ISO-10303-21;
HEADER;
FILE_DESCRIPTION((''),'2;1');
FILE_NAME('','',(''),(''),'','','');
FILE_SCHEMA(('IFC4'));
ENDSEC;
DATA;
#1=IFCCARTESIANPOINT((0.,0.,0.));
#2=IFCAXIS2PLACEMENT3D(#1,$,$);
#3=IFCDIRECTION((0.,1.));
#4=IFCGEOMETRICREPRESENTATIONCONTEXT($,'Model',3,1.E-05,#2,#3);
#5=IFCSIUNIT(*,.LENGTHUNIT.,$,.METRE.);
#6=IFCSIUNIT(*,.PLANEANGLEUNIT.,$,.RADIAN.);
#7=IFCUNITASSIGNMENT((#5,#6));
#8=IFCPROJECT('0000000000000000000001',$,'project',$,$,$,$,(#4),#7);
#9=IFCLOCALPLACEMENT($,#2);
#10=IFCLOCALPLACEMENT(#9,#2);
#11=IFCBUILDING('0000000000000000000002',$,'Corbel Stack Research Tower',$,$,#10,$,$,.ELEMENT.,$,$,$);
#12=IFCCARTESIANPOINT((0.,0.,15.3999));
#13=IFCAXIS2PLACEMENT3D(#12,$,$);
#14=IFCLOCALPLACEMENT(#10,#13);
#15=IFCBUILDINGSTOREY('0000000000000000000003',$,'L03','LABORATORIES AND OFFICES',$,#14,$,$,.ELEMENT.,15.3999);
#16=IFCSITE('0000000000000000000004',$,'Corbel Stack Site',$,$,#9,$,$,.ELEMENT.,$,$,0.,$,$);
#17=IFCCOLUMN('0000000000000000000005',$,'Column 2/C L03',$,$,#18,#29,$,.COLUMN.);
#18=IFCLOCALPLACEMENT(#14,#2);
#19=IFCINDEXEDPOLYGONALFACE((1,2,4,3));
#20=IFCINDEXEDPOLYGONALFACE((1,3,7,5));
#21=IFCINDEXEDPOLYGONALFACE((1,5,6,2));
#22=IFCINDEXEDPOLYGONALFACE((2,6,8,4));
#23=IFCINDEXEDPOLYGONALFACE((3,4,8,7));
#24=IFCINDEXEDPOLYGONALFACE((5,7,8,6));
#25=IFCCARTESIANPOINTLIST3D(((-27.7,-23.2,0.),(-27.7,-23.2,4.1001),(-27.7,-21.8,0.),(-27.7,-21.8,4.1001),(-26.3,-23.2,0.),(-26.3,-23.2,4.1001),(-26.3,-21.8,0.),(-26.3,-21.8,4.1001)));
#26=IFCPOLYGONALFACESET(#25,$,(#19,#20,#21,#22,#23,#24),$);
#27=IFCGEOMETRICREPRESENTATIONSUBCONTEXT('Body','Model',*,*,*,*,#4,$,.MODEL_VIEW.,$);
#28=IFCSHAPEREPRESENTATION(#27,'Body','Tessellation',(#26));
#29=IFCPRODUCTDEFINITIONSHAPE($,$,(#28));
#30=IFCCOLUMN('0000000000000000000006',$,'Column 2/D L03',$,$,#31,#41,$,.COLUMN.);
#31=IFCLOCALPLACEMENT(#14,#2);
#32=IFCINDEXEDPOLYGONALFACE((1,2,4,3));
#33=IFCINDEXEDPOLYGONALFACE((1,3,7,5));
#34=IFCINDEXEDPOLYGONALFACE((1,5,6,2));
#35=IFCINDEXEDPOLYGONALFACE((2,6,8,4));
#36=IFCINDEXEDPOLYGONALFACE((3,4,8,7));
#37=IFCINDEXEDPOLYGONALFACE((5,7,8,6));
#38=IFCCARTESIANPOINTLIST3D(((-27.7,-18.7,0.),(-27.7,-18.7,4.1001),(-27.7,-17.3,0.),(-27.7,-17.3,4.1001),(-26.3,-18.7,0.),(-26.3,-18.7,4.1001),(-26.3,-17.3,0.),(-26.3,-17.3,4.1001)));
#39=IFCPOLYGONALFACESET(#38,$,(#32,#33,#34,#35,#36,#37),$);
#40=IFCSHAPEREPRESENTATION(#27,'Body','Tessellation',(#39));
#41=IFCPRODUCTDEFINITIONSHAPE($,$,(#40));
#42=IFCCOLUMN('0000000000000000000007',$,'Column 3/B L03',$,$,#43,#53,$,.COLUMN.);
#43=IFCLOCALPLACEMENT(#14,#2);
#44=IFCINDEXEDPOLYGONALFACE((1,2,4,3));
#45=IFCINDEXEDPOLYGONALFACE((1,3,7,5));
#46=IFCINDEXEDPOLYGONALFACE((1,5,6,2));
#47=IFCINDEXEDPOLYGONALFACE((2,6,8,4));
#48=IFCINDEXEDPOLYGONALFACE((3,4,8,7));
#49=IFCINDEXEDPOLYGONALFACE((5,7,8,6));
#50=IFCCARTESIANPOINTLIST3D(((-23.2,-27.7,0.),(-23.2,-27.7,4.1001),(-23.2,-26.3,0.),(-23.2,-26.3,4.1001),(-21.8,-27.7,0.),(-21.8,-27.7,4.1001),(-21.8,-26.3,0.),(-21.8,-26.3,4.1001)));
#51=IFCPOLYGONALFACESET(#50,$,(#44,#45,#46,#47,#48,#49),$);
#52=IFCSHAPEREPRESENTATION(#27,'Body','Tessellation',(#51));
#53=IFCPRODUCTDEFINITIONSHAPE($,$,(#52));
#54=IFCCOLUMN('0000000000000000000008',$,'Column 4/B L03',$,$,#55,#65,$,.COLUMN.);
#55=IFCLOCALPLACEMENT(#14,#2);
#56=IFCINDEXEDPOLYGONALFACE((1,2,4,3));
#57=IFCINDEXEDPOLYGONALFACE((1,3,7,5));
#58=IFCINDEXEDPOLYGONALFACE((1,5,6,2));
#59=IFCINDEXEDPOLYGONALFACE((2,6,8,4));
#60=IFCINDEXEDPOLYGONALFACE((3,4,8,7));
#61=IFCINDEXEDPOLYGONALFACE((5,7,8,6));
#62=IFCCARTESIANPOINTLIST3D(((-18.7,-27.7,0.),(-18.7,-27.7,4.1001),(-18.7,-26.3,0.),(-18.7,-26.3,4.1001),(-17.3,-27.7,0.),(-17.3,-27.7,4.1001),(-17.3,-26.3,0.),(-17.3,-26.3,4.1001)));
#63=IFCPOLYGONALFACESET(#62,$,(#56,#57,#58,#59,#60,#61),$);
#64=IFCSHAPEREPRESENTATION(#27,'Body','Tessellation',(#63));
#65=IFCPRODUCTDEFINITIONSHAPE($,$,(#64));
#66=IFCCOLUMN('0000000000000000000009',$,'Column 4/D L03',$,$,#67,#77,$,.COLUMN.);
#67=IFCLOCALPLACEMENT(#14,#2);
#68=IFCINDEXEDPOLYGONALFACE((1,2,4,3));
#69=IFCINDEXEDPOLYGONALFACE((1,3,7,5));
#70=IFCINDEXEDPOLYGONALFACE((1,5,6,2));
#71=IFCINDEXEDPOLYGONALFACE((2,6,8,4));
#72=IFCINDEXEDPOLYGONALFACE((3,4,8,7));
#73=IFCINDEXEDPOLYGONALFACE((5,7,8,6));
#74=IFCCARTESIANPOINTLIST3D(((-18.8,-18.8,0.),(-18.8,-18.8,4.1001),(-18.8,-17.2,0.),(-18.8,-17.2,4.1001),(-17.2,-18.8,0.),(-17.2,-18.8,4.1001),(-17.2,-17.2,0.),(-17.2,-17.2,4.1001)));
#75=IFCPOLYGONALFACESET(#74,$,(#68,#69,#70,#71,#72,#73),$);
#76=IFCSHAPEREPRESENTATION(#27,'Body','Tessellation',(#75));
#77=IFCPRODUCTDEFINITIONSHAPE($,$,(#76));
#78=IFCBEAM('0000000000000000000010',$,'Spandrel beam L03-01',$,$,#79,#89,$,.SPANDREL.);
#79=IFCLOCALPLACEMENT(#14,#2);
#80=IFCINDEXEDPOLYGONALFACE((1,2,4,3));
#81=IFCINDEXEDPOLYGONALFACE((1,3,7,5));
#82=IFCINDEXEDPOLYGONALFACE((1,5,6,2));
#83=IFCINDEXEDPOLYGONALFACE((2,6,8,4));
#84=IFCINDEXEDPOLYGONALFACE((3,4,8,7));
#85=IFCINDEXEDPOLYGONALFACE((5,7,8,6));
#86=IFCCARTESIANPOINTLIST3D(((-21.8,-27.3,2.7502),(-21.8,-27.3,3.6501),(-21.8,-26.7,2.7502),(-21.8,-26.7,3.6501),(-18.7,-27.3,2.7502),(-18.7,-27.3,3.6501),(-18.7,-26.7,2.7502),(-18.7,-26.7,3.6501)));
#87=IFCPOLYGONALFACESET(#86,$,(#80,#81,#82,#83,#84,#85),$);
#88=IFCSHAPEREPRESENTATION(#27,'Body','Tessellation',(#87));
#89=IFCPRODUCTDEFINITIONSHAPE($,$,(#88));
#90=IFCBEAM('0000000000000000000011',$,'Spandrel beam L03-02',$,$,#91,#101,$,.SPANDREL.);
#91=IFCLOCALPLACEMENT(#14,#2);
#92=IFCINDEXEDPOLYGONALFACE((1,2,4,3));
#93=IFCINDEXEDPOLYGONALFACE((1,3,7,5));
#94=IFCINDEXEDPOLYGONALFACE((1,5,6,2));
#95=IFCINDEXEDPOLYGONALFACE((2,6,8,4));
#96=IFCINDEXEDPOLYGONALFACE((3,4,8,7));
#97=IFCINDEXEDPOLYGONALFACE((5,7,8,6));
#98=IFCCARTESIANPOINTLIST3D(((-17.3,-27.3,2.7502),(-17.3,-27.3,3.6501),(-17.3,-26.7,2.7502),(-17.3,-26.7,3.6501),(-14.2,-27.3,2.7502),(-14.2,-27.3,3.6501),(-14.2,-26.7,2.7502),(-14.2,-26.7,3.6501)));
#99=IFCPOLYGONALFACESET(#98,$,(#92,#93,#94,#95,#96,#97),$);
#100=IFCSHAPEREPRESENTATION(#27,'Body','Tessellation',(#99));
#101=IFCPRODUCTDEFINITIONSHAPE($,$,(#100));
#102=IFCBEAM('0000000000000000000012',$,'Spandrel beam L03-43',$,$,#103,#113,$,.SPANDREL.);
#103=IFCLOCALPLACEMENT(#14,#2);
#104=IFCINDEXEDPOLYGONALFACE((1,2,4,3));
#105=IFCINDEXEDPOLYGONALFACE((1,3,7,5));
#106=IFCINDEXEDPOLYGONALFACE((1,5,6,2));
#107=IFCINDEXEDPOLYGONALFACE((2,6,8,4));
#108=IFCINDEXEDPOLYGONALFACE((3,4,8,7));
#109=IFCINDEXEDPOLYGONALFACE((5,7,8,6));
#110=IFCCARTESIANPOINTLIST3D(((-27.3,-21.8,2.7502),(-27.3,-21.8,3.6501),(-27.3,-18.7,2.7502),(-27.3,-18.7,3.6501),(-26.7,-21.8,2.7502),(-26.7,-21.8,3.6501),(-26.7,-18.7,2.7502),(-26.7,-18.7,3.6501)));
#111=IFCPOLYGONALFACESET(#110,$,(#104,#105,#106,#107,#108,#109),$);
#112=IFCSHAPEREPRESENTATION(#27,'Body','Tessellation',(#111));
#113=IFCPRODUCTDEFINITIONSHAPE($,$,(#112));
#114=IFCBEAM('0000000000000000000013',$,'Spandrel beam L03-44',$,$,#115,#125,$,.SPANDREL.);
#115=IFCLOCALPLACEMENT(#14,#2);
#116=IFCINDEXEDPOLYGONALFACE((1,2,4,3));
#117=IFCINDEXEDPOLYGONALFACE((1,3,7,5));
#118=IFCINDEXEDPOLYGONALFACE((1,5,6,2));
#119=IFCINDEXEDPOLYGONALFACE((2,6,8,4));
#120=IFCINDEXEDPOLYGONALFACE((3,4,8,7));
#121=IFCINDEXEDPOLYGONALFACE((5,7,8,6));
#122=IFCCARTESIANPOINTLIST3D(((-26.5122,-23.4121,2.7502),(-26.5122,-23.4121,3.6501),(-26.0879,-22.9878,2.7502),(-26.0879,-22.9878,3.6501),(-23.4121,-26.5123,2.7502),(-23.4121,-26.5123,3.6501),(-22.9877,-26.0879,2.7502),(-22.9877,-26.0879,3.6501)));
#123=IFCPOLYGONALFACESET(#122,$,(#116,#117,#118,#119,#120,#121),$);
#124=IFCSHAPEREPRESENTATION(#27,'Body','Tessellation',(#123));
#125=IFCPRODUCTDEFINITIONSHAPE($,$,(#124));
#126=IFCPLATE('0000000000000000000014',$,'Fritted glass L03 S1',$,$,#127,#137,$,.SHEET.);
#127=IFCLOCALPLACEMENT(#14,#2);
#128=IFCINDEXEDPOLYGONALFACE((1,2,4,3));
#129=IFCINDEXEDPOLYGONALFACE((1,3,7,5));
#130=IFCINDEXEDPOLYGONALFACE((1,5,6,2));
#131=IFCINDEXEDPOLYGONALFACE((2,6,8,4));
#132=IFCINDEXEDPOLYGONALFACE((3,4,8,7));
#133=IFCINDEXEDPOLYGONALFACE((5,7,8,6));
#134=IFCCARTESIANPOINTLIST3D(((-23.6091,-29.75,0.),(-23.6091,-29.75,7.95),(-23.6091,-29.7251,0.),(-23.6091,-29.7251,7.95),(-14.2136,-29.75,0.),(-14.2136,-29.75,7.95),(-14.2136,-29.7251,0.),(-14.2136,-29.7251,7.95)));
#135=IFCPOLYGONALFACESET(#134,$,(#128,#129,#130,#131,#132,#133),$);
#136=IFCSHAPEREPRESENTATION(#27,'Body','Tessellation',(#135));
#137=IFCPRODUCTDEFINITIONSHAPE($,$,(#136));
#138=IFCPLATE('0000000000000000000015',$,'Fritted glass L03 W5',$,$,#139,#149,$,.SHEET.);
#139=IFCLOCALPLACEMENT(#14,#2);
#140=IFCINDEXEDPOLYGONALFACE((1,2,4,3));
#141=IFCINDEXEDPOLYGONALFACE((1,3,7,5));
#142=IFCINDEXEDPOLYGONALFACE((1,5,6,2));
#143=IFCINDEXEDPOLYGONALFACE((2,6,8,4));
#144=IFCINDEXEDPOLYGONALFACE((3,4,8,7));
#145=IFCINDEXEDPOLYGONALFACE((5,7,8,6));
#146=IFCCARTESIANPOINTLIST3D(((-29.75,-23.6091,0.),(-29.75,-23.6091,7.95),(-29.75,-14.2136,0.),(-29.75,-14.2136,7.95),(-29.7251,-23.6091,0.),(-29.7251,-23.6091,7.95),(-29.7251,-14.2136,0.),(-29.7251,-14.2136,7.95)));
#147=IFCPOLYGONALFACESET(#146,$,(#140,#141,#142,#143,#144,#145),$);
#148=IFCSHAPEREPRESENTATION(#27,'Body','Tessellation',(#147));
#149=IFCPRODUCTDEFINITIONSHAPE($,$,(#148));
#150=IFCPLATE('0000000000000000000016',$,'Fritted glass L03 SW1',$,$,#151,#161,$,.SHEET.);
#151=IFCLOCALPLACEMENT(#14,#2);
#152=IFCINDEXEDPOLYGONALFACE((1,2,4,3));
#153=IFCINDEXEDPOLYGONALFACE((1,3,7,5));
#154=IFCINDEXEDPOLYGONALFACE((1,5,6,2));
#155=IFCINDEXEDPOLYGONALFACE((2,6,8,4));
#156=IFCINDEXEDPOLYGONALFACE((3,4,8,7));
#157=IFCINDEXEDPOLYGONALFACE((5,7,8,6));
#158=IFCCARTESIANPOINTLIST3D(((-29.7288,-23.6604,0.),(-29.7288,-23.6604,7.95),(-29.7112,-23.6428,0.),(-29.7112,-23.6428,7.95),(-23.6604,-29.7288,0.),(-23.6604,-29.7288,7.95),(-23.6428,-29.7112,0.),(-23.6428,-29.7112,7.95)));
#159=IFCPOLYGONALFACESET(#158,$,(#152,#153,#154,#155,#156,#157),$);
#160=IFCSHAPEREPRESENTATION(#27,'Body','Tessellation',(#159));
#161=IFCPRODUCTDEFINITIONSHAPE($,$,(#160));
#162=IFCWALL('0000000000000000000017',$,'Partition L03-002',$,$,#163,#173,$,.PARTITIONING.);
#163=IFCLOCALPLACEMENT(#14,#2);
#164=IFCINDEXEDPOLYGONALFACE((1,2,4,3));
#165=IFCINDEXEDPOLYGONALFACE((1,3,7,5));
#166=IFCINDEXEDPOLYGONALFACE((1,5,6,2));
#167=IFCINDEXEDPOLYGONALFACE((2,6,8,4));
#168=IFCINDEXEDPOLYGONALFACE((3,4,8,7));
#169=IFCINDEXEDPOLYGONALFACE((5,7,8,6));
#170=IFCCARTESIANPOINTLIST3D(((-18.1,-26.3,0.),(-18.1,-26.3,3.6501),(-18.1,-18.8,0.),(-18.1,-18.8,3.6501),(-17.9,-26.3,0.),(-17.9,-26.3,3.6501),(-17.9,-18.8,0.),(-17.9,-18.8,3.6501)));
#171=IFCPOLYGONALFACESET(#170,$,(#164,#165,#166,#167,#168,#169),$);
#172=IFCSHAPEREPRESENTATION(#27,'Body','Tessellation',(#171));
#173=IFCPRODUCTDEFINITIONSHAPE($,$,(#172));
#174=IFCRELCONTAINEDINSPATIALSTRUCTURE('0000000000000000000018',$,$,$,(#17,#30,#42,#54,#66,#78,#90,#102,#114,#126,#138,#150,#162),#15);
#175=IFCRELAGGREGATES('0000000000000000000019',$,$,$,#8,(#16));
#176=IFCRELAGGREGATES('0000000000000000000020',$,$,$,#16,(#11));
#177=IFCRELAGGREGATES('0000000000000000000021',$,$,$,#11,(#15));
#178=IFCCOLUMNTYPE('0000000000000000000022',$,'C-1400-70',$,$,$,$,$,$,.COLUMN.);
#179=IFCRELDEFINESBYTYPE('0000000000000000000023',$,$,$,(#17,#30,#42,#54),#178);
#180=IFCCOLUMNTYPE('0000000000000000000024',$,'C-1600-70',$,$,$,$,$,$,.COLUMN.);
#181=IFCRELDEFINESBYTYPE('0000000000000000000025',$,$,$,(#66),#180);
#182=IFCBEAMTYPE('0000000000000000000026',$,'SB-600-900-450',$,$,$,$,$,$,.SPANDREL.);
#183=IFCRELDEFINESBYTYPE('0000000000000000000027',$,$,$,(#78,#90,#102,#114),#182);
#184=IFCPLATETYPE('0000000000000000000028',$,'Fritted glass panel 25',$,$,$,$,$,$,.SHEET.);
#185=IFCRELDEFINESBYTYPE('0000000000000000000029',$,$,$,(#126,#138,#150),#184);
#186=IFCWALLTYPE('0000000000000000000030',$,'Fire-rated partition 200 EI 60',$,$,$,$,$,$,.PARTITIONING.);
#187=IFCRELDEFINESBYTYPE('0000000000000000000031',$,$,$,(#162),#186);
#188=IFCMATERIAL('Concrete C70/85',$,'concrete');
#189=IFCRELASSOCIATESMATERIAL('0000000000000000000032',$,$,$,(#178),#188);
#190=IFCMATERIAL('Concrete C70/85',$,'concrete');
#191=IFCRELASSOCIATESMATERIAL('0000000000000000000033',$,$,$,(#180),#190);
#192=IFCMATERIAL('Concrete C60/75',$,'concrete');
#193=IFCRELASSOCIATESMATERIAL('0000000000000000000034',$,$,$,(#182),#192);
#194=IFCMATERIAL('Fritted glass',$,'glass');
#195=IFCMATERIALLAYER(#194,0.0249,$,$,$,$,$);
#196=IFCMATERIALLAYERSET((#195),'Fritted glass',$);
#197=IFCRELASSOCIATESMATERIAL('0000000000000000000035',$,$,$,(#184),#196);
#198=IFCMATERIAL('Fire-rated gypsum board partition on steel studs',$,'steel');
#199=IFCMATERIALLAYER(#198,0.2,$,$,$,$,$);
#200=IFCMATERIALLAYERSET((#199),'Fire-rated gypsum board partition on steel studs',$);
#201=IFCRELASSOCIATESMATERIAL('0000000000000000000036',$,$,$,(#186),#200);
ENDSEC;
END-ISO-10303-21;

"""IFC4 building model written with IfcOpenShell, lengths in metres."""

from ifc_helpers import new_model, si_unit, direction, frame, frame_2d, origin, origin_2d, place, context, subcontext, project, spatial, rectangle, extrude, material, layer, layer_set, material_profile, profile_set, type_object, element, save


model = new_model("IFC4")

# Units and contexts
model_context = context("Model", 3, precision=1e-05, world=origin(), true_north=direction((0.0, 1.0)))
body_context = subcontext(model_context, "Body", "Model", "MODEL_VIEW")
ifc_project = project(units=[si_unit("LENGTHUNIT", "METRE"), si_unit("PLANEANGLEUNIT", "RADIAN")], contexts=[model_context])

# Site, building, storey
site_placement = place(None, origin())
site = spatial("IfcSite", under=ifc_project, at=site_placement, Name="Corbel Stack Site", CompositionType="ELEMENT", RefElevation=0.0)
building_placement = place(site_placement, origin())
building = spatial("IfcBuilding", under=site, at=building_placement, Name="Corbel Stack Research Tower", CompositionType="ELEMENT")
storey_placement = place(building_placement, frame((0.0, 0.0, 15.3999)))
storey = spatial("IfcBuildingStorey", under=building, at=storey_placement, Name="L03", Description="LABORATORIES AND OFFICES", CompositionType="ELEMENT", Elevation=15.3999)

# Columns
ifc_material_1 = material(Name="Concrete C70/85", Category="concrete")
ifc_material_profile_1 = material_profile(ifc_material_1, rectangle(XDim=1.3999, YDim=1.3999, at=origin_2d()), Name="RC 1400 x 1400")
ifc_profile_set_1 = profile_set([ifc_material_profile_1], Name="Concrete C70/85")
column_type_1 = type_object("IfcColumnType", Name="C-1400-70", PredefinedType="COLUMN", material=ifc_profile_set_1)
for number, where, z_axis, x_axis, name in (
    (1, (-27.0, -22.5, 0.0), (0.0, 0.0, 1.0), (1.0, 0.0, 0.0), "Column 2/C L03"),
    (2, (-27.0, -18.0, 0.0), (0.0, 0.0, 1.0), (1.0, 0.0, 0.0), "Column 2/D L03"),
    (3, (-22.5, -27.0, 0.0), (0.0, 0.0, 1.0), (1.0, 0.0, 0.0), "Column 3/B L03"),
    (4, (-18.0, -27.0, 0.0), (0.0, 0.0, 1.0), (1.0, 0.0, 0.0), "Column 4/B L03"),
):
    element("IfcColumn", number, at=place(storey_placement, frame(where, z_axis=z_axis, x_axis=x_axis)), inside=storey, type_object=column_type_1, Name=name, PredefinedType="COLUMN", context=body_context, shape_type="SweptSolid", body=[
        extrude(rectangle(XDim=1.3999, YDim=1.3999, at=origin_2d()), origin(), (0.0, 0.0, 1.0), 4.1001),
    ])
ifc_material_2 = material(Name="Concrete C70/85", Category="concrete")
ifc_material_profile_2 = material_profile(ifc_material_2, rectangle(XDim=1.6001, YDim=1.6001, at=origin_2d()), Name="RC 1600 x 1600")
ifc_profile_set_2 = profile_set([ifc_material_profile_2], Name="Concrete C70/85")
column_type_2 = type_object("IfcColumnType", Name="C-1600-70", PredefinedType="COLUMN", material=ifc_profile_set_2)
column_placement = place(storey_placement, frame((-18.0, -18.0, 0.0), z_axis=(0.0, 0.0, 1.0), x_axis=(1.0, 0.0, 0.0)))
element("IfcColumn", 5, at=column_placement, inside=storey, type_object=column_type_2, Name="Column 4/D L03", PredefinedType="COLUMN", context=body_context, shape_type="SweptSolid", body=[
    extrude(rectangle(XDim=1.6001, YDim=1.6001, at=origin_2d()), origin(), (0.0, 0.0, 1.0), 4.1001),
])

# Beams
ifc_material_3 = material(Name="Concrete C60/75", Category="concrete")
ifc_material_profile_3 = material_profile(ifc_material_3, rectangle(XDim=0.6001, YDim=0.8999, at=origin_2d()), Name="RC 600 x 900")
ifc_profile_set_3 = profile_set([ifc_material_profile_3], Name="Concrete C60/75")
beam_type = type_object("IfcBeamType", Name="SB-600-900-450", PredefinedType="SPANDREL", material=ifc_profile_set_3)
for number, where, z_axis, x_axis, name in (
    (6, (-21.8, -27.0, 3.2002), (1.0, 0.0, 0.0), (0.0, 1.0, 0.0), "Spandrel beam L03-01"),
    (7, (-17.3, -27.0, 3.2002), (1.0, 0.0, 0.0), (0.0, 1.0, 0.0), "Spandrel beam L03-02"),
    (8, (-27.0, -18.7, 3.2002), (0.0, -1.0, 0.0), (1.0, 0.0, 0.0), "Spandrel beam L03-43"),
):
    element("IfcBeam", number, at=place(storey_placement, frame(where, z_axis=z_axis, x_axis=x_axis)), inside=storey, type_object=beam_type, Name=name, PredefinedType="SPANDREL", context=body_context, shape_type="SweptSolid", body=[
        extrude(rectangle(XDim=0.6001, YDim=0.8999, at=origin_2d()), origin(), (0.0, 0.0, 1.0), 3.1001),
    ])
beam_placement = place(storey_placement, frame((-26.3, -23.2, 3.2002), z_axis=(0.707107, -0.707107, 0.0), x_axis=(0.707107, 0.707107, 0.0)))
element("IfcBeam", 9, at=beam_placement, inside=storey, type_object=beam_type, Name="Spandrel beam L03-44", PredefinedType="SPANDREL", context=body_context, shape_type="SweptSolid", body=[
    extrude(rectangle(XDim=0.6001, YDim=0.8999, at=origin_2d()), origin(), (0.0, 0.0, 1.0), 4.3843),
])

# Plates
ifc_material_4 = material(Name="Fritted glass", Category="glass")
ifc_layer_1 = layer(ifc_material_4, 0.0249)
ifc_layer_set_1 = layer_set([ifc_layer_1], Name="Fritted glass")
plate_type = type_object("IfcPlateType", Name="Fritted glass panel 25", PredefinedType="SHEET", material=ifc_layer_set_1)
for number, where, z_axis, x_axis, name in (
    (10, (-18.9114, -29.7375, 0.0), (0.0, 0.0, 1.0), (1.0, 0.0, 0.0), "Fritted glass L03 S1"),
    (11, (-29.7375, -18.9114, 0.0), (0.0, 0.0, 1.0), (0.0, -1.0, 0.0), "Fritted glass L03 W5"),
):
    element("IfcPlate", number, at=place(storey_placement, frame(where, z_axis=z_axis, x_axis=x_axis)), inside=storey, type_object=plate_type, Name=name, PredefinedType="SHEET", context=body_context, shape_type="SweptSolid", body=[
        extrude(rectangle(XDim=9.3955, YDim=0.0249, at=origin_2d()), origin(), (0.0, 0.0, 1.0), 7.95),
    ])
plate_placement = place(storey_placement, frame((-26.6858, -26.6858, 0.0), z_axis=(0.0, 0.0, 1.0), x_axis=(0.707107, -0.707107, 0.0)))
element("IfcPlate", 12, at=plate_placement, inside=storey, type_object=plate_type, Name="Fritted glass L03 SW1", PredefinedType="SHEET", context=body_context, shape_type="SweptSolid", body=[
    extrude(rectangle(XDim=8.582, YDim=0.0249, at=origin_2d()), origin(), (0.0, 0.0, 1.0), 7.95),
])

# Wall
ifc_material_5 = material(Name="Fire-rated gypsum board partition on steel studs", Category="steel")
ifc_layer_2 = layer(ifc_material_5, 0.2)
ifc_layer_set_2 = layer_set([ifc_layer_2], Name="Fire-rated gypsum board partition on steel studs")
wall_type_1 = type_object("IfcWallType", Name="Fire-rated partition 200 EI 60", PredefinedType="PARTITIONING", material=ifc_layer_set_2)
wall_1_placement = place(storey_placement, frame((-18.0, -26.3, 0.0), z_axis=(0.0, 0.0, 1.0), x_axis=(0.0, 1.0, 0.0)))
element("IfcWall", 13, at=wall_1_placement, inside=storey, type_object=wall_type_1, Name="Partition L03-002", PredefinedType="PARTITIONING", context=body_context, shape_type="SweptSolid", body=[
    extrude(rectangle(XDim=7.5, YDim=0.2, at=frame_2d((3.75, 0.0))), origin(), (0.0, 0.0, 1.0), 3.6501),
])

save(model, "model.ifc")
